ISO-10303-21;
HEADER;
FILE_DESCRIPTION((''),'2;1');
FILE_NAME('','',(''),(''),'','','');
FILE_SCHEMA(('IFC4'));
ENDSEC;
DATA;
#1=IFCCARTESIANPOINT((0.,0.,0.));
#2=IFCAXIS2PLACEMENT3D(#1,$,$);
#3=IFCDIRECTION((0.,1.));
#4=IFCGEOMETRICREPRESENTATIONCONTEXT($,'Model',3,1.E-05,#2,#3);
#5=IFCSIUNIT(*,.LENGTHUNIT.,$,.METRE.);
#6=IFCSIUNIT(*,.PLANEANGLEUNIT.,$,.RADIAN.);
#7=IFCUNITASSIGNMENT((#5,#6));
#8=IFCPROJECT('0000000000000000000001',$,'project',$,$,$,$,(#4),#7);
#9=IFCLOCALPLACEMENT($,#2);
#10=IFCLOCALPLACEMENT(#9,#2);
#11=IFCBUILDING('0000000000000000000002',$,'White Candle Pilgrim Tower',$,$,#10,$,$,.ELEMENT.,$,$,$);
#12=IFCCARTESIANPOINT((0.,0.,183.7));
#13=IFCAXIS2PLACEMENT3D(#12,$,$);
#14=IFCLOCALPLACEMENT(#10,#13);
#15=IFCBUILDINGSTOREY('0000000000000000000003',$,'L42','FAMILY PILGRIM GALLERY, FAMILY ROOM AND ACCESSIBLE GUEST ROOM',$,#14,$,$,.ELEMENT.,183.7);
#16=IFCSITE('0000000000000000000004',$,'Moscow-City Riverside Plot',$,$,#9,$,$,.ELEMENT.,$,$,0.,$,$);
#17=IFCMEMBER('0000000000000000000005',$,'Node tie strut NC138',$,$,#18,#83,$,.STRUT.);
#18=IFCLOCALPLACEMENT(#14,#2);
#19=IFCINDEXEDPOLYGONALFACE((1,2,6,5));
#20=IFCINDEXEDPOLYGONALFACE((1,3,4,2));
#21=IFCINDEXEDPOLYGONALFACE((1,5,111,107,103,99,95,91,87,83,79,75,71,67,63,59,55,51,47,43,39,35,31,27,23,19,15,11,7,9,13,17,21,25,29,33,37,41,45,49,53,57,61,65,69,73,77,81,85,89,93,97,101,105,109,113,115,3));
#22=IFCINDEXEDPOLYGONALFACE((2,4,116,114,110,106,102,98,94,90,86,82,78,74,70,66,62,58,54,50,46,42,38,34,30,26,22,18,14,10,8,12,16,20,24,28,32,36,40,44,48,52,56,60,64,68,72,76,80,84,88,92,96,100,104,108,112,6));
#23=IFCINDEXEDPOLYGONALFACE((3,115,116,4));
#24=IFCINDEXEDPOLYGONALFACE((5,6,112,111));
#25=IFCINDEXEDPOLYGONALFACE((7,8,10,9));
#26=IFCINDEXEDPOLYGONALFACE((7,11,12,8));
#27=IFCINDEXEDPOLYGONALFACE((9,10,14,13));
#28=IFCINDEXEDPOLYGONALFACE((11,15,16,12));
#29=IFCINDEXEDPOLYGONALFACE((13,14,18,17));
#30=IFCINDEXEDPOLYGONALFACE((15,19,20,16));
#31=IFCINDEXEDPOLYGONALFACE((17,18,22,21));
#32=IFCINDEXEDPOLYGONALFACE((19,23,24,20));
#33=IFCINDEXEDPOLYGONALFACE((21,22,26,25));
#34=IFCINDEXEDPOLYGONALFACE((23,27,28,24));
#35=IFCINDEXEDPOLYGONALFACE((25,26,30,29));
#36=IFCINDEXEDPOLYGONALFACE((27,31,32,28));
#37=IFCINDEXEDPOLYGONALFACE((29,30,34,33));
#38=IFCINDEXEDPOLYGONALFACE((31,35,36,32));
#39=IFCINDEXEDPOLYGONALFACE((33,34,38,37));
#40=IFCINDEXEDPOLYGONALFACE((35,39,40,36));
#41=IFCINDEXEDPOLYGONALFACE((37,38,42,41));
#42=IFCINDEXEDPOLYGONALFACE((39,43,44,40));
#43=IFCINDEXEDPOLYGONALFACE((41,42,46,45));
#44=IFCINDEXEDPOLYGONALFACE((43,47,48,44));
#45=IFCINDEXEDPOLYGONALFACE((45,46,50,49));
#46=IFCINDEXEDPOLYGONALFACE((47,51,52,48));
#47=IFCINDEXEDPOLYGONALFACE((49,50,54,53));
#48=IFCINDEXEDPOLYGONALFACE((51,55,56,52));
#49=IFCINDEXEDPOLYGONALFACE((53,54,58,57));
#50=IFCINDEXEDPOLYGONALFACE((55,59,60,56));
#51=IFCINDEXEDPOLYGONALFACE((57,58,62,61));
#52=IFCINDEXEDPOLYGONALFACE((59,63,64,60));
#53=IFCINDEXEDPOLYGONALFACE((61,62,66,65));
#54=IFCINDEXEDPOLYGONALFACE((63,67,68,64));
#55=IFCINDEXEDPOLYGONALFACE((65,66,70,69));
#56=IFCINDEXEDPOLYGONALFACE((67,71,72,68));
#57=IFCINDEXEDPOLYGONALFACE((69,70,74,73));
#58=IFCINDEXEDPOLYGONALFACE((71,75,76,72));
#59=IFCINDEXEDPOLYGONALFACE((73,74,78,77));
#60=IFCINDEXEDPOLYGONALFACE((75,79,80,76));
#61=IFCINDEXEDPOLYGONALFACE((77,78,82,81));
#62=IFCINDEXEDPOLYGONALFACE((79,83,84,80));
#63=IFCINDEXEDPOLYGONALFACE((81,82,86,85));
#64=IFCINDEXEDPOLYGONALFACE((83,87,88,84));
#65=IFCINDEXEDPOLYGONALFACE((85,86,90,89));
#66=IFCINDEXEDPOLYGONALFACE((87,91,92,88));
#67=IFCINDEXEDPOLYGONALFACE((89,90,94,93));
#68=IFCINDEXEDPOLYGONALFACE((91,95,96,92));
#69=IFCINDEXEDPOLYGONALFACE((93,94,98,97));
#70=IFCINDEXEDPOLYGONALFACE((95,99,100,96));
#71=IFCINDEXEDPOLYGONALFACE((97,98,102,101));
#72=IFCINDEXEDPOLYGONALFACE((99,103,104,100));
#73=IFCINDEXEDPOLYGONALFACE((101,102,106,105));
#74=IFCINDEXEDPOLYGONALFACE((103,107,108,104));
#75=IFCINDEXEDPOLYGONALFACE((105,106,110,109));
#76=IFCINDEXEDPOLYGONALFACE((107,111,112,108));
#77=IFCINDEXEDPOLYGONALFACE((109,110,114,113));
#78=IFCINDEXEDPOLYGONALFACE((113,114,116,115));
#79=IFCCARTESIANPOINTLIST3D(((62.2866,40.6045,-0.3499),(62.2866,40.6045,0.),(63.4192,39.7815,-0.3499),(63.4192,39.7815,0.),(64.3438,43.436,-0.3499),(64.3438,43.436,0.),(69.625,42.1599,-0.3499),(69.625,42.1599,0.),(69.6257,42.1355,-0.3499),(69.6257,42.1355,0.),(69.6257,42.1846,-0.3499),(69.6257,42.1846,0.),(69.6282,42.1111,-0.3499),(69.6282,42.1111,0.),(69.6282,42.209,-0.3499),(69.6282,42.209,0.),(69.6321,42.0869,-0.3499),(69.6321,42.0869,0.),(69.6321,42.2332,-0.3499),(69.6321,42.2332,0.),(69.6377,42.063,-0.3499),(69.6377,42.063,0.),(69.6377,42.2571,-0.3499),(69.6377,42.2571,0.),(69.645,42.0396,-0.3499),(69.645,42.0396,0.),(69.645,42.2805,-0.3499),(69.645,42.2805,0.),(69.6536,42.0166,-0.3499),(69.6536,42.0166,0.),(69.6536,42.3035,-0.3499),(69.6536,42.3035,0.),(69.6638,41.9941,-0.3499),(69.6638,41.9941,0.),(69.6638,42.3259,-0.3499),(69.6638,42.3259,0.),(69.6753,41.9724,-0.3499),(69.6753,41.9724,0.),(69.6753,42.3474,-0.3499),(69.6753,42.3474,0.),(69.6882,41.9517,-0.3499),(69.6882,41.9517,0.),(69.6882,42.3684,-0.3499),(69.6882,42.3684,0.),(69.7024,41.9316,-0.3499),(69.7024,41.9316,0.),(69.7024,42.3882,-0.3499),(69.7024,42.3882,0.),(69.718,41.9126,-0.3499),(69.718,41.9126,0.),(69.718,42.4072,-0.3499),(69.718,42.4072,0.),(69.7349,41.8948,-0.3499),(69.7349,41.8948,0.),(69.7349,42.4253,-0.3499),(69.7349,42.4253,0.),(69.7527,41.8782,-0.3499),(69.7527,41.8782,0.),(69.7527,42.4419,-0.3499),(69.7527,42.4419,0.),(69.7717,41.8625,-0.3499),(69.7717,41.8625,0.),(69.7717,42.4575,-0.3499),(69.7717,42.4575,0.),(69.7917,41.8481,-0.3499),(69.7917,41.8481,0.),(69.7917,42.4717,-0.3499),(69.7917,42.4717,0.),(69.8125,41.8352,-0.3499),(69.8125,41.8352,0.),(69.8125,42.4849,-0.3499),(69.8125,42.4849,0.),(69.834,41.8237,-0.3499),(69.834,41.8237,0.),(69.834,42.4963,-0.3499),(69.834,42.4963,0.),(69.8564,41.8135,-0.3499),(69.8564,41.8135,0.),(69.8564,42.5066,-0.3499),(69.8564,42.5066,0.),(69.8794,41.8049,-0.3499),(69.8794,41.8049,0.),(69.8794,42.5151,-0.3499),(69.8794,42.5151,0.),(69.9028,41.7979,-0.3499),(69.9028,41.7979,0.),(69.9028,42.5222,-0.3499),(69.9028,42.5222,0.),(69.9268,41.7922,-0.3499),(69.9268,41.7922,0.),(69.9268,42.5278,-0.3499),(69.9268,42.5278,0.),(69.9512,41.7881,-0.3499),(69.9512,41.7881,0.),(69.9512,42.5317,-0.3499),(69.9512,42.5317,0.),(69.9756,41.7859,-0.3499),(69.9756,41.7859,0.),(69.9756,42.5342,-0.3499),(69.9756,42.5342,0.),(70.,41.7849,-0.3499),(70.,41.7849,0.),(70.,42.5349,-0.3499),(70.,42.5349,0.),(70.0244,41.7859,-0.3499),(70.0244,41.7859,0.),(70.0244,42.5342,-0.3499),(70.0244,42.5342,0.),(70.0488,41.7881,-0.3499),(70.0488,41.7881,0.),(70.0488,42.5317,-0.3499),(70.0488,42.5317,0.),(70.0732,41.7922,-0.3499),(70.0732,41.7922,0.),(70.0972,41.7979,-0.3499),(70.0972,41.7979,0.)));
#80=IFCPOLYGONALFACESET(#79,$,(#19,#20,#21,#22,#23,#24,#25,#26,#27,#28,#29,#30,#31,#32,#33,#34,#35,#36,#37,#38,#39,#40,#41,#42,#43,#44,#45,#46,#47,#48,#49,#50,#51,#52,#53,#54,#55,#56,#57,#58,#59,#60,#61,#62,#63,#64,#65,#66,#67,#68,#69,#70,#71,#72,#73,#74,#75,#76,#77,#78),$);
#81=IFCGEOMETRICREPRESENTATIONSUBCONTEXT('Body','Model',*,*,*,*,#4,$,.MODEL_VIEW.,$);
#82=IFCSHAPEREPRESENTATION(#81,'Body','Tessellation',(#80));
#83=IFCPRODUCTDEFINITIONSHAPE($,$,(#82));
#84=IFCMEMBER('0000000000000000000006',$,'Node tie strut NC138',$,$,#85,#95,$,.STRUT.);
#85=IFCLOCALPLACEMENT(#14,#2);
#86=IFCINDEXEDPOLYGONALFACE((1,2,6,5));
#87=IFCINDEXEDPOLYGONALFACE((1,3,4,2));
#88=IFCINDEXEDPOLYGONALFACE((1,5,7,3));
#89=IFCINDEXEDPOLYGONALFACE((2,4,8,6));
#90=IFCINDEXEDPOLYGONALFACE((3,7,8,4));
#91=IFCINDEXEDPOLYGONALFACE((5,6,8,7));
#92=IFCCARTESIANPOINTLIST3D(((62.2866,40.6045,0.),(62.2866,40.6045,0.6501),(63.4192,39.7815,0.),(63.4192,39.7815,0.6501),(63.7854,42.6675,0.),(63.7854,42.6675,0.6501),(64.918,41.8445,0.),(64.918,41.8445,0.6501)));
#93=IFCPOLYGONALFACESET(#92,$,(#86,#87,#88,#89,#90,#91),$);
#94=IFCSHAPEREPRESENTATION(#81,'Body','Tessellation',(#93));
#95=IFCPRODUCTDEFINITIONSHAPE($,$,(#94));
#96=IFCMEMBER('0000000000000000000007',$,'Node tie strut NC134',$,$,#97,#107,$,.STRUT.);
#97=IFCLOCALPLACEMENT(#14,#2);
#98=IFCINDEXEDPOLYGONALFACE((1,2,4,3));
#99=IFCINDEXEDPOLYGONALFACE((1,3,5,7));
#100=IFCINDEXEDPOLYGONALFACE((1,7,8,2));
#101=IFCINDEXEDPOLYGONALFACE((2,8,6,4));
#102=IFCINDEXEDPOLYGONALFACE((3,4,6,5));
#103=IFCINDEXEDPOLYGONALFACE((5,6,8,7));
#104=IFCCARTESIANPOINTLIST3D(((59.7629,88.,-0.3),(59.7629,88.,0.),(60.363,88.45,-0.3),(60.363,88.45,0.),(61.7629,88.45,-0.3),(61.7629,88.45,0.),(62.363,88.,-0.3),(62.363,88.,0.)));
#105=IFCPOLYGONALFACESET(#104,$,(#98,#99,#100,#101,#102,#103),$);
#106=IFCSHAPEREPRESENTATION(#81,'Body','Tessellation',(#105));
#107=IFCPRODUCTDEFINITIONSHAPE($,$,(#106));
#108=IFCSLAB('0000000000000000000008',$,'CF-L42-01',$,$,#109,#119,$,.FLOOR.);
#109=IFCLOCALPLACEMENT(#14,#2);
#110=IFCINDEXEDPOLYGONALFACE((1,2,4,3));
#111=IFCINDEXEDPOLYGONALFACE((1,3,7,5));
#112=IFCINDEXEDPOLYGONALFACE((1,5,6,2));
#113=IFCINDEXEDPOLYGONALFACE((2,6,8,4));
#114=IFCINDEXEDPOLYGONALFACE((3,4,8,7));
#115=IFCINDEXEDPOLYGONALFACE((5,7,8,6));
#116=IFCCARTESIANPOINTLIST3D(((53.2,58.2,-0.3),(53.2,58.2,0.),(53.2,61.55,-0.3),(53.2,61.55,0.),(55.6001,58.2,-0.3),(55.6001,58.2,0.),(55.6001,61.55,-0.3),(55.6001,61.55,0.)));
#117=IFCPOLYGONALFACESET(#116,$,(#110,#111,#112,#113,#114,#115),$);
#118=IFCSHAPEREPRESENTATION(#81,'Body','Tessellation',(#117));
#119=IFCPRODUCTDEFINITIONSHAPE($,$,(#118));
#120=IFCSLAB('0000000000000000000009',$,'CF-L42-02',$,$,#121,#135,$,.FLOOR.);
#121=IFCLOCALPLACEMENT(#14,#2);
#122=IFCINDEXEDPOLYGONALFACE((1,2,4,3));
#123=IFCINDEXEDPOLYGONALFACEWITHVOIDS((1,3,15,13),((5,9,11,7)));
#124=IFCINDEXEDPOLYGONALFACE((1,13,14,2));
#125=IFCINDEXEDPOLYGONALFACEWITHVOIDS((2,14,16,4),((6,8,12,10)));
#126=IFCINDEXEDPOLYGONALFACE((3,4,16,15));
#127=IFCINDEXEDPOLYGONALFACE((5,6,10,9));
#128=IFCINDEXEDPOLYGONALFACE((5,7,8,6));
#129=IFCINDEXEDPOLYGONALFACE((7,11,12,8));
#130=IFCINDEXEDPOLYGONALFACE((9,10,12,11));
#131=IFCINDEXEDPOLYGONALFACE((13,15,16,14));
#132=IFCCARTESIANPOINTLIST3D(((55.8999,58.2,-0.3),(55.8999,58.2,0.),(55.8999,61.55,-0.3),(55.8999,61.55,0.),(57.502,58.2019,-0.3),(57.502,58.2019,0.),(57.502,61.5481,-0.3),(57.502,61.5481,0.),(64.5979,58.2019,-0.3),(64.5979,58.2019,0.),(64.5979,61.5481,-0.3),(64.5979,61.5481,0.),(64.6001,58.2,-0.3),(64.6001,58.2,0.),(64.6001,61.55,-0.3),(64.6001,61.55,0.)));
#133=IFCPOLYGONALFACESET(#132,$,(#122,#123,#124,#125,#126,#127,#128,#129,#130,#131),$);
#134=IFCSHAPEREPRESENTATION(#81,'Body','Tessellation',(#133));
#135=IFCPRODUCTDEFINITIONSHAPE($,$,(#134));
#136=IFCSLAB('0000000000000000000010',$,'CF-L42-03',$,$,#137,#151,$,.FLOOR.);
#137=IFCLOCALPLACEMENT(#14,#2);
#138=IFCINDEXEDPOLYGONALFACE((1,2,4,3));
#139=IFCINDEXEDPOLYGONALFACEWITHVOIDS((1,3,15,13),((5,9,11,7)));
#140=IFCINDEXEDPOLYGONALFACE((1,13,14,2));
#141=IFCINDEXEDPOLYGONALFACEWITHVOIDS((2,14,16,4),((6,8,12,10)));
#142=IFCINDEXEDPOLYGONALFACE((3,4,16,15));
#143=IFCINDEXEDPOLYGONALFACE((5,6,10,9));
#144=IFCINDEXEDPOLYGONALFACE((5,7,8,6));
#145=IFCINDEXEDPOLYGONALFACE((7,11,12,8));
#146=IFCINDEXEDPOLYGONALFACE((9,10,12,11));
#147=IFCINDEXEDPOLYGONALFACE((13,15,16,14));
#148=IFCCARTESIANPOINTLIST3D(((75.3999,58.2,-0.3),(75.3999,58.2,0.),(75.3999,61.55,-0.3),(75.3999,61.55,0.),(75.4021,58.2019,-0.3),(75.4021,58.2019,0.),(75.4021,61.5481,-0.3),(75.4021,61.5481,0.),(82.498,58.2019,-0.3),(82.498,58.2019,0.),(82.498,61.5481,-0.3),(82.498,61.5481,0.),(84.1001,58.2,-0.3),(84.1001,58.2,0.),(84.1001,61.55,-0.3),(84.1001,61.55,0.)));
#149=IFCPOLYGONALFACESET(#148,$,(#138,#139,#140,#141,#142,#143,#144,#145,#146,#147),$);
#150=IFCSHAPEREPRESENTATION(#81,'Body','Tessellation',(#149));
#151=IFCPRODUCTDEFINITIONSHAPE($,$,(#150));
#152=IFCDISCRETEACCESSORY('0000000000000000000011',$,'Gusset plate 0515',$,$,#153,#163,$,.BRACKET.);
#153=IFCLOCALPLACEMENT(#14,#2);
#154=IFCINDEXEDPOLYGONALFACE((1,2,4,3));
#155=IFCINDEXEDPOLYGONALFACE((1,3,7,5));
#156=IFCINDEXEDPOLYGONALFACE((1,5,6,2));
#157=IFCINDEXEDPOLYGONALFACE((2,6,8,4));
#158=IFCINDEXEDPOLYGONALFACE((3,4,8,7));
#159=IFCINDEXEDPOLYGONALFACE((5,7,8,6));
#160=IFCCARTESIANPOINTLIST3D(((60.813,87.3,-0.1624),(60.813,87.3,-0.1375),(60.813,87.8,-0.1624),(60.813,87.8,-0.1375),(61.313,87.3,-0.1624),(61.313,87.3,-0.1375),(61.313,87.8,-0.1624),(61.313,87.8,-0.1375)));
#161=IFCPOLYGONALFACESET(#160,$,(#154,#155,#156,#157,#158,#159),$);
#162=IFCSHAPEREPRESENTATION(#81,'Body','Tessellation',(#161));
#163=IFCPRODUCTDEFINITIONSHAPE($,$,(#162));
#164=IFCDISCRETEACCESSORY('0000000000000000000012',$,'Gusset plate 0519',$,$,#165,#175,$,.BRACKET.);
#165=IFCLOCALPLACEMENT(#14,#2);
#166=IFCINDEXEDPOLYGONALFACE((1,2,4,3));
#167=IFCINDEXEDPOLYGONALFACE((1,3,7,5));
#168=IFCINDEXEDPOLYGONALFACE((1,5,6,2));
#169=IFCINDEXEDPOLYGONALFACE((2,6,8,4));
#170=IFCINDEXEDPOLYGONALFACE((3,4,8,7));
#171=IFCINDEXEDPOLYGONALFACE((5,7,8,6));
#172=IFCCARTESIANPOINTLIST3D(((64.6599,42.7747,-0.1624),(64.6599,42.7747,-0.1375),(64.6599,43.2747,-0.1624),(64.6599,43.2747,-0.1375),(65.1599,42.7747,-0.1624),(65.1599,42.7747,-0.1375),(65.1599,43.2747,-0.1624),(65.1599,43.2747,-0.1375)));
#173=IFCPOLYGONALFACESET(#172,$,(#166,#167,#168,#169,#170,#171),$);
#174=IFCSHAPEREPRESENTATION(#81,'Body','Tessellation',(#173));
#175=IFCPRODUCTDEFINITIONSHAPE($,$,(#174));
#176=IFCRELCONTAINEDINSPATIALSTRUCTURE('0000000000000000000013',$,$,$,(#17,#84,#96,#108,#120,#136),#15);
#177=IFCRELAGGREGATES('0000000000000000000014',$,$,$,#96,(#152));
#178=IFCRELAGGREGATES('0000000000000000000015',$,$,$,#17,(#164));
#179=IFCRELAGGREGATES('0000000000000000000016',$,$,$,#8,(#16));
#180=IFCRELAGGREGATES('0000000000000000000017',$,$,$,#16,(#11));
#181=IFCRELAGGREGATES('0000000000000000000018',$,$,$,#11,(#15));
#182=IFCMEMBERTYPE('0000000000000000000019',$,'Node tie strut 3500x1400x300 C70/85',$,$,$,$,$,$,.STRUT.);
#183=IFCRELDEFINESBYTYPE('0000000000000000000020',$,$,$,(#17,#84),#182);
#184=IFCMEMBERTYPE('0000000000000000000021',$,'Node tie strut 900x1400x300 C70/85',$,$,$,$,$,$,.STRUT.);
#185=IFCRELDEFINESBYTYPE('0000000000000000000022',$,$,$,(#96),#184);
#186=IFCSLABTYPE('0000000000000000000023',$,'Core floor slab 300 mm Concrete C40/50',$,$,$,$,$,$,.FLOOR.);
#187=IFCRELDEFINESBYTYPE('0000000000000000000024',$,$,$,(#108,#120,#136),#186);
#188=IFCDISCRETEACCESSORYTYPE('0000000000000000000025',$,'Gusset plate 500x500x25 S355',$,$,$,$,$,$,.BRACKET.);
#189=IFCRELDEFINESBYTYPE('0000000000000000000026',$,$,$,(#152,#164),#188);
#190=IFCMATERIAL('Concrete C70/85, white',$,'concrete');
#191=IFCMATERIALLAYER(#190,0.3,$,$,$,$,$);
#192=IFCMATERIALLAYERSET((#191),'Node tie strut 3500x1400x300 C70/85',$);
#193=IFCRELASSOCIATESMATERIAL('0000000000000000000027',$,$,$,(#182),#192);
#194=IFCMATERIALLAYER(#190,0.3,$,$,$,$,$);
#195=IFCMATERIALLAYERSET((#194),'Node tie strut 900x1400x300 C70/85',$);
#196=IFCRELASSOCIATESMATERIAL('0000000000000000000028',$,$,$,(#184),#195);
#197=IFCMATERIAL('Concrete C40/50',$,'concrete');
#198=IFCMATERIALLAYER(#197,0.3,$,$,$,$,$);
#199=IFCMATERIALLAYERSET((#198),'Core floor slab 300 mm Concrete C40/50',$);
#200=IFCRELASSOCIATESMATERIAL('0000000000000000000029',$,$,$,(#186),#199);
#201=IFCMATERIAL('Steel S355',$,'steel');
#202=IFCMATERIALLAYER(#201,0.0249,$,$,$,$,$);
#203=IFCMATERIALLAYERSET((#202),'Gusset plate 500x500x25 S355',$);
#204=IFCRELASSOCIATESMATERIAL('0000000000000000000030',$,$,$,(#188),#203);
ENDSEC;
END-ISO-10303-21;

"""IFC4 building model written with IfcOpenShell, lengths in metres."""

from ifc_helpers import new_model, si_unit, direction, frame, origin, origin_2d, place, context, subcontext, project, spatial, polyline, rectangle, outline, extrude, material, layer, layer_set, type_object, element, aggregate, save


model = new_model("IFC4")

# Units and contexts
model_context = context("Model", 3, precision=1e-05, world=origin(), true_north=direction((0.0, 1.0)))
body_context = subcontext(model_context, "Body", "Model", "MODEL_VIEW")
ifc_project = project(units=[si_unit("LENGTHUNIT", "METRE"), si_unit("PLANEANGLEUNIT", "RADIAN")], contexts=[model_context])

# Site, building, storey
site_placement = place(None, origin())
site = spatial("IfcSite", under=ifc_project, at=site_placement, Name="Moscow-City Riverside Plot", CompositionType="ELEMENT", RefElevation=0.0)
building_placement = place(site_placement, origin())
building = spatial("IfcBuilding", under=site, at=building_placement, Name="White Candle Pilgrim Tower", CompositionType="ELEMENT")
storey_placement = place(building_placement, frame((0.0, 0.0, 183.7)))
storey = spatial("IfcBuildingStorey", under=building, at=storey_placement, Name="L42", Description="FAMILY PILGRIM GALLERY, FAMILY ROOM AND ACCESSIBLE GUEST ROOM", CompositionType="ELEMENT", Elevation=183.7)

# Members
ifc_material_1 = material(Name="Concrete C70/85, white", Category="concrete")
ifc_layer_1 = layer(ifc_material_1, 0.3)
ifc_layer_set_1 = layer_set([ifc_layer_1], Name="Node tie strut 3500x1400x300 C70/85")
member_type_1 = type_object("IfcMemberType", Name="Node tie strut 3500x1400x300 C70/85", PredefinedType="STRUT", material=ifc_layer_set_1)
member_1_placement = place(storey_placement, frame((0.0, 0.0, -0.3499)))
member_1 = element("IfcMember", 1, at=member_1_placement, inside=storey, type_object=member_type_1, Name="Node tie strut NC138", PredefinedType="STRUT", context=body_context, shape_type="SweptSolid", body=[
    extrude(outline(polyline([(63.4192, 39.7815), (70.0972, 41.7979), (70.0732, 41.7922), (70.0488, 41.7881), (70.0244, 41.7859), (70.0, 41.7849), (69.9756, 41.7859), (69.9512, 41.7881), (69.9268, 41.7922), (69.9028, 41.7979), (69.8794, 41.8049), (69.8564, 41.8135), (69.834, 41.8237), (69.8125, 41.8352), (69.7917, 41.8481), (69.7717, 41.8625), (69.7527, 41.8782), (69.7349, 41.8948), (69.718, 41.9126), (69.7024, 41.9316), (69.6882, 41.9517), (69.6753, 41.9724), (69.6638, 41.9941), (69.6536, 42.0166), (69.645, 42.0396), (69.6377, 42.063), (69.6321, 42.0869), (69.6282, 42.1111), (69.6257, 42.1355), (69.625, 42.1599), (69.6257, 42.1846), (69.6282, 42.209), (69.6321, 42.2332), (69.6377, 42.2571), (69.645, 42.2805), (69.6536, 42.3035), (69.6638, 42.3259), (69.6753, 42.3474), (69.6882, 42.3684), (69.7024, 42.3882), (69.718, 42.4072), (69.7349, 42.4253), (69.7527, 42.4419), (69.7717, 42.4575), (69.7917, 42.4717), (69.8125, 42.4849), (69.834, 42.4963), (69.8564, 42.5066), (69.8794, 42.5151), (69.9028, 42.5222), (69.9268, 42.5278), (69.9512, 42.5317), (69.9756, 42.5342), (70.0, 42.5349), (70.0244, 42.5342), (70.0488, 42.5317), (64.3438, 43.436), (62.2866, 40.6045), (63.4192, 39.7815)])), origin(), (0.0, 0.0, 1.0), 0.3499),
])
member_2_placement = place(storey_placement, origin())
element("IfcMember", 2, at=member_2_placement, inside=storey, type_object=member_type_1, Name="Node tie strut NC138", PredefinedType="STRUT", context=body_context, shape_type="SweptSolid", body=[
    extrude(outline(polyline([(63.4192, 39.7815), (64.918, 41.8445), (63.7854, 42.6675), (62.2866, 40.6045), (63.4192, 39.7815)])), origin(), (0.0, 0.0, 1.0), 0.6501),
])
ifc_layer_2 = layer(ifc_material_1, 0.3)
ifc_layer_set_2 = layer_set([ifc_layer_2], Name="Node tie strut 900x1400x300 C70/85")
member_type_2 = type_object("IfcMemberType", Name="Node tie strut 900x1400x300 C70/85", PredefinedType="STRUT", material=ifc_layer_set_2)
member_3_placement = place(storey_placement, frame((0.0, 0.0, -0.3)))
member_3 = element("IfcMember", 3, at=member_3_placement, inside=storey, type_object=member_type_2, Name="Node tie strut NC134", PredefinedType="STRUT", context=body_context, shape_type="SweptSolid", body=[
    extrude(outline(polyline([(59.7629, 88.0), (62.363, 88.0), (61.7629, 88.45), (60.363, 88.45), (59.7629, 88.0)])), origin(), (0.0, 0.0, 1.0), 0.3),
])

# Slabs
ifc_material_2 = material(Name="Concrete C40/50", Category="concrete")
ifc_layer_3 = layer(ifc_material_2, 0.3)
ifc_layer_set_3 = layer_set([ifc_layer_3], Name="Core floor slab 300 mm Concrete C40/50")
slab_type_1 = type_object("IfcSlabType", Name="Core floor slab 300 mm Concrete C40/50", PredefinedType="FLOOR", material=ifc_layer_set_3)
slab_1_placement = place(storey_placement, frame((0.0, 0.0, -0.3)))
element("IfcSlab", 4, at=slab_1_placement, inside=storey, type_object=slab_type_1, Name="CF-L42-01", PredefinedType="FLOOR", context=body_context, shape_type="SweptSolid", body=[
    extrude(outline(polyline([(55.6001, 58.2), (53.2, 58.2), (53.2, 61.55), (55.6001, 61.55), (55.6001, 58.2)])), origin(), (0.0, 0.0, 1.0), 0.3),
])
slab_2_placement = place(storey_placement, frame((0.0, 0.0, -0.3)))
element("IfcSlab", 5, at=slab_2_placement, inside=storey, type_object=slab_type_1, Name="CF-L42-02", PredefinedType="FLOOR", context=body_context, shape_type="SweptSolid", body=[
    extrude(outline(polyline([(55.8999, 58.2), (55.8999, 61.55), (64.6001, 61.55), (64.6001, 58.2), (55.8999, 58.2)]), holes=[polyline([(57.502, 61.5481), (57.502, 58.2019), (64.5979, 58.2019), (64.5979, 61.5481), (57.502, 61.5481)])]), origin(), (0.0, 0.0, 1.0), 0.3),
])
slab_3_placement = place(storey_placement, frame((0.0, 0.0, -0.3)))
element("IfcSlab", 6, at=slab_3_placement, inside=storey, type_object=slab_type_1, Name="CF-L42-03", PredefinedType="FLOOR", context=body_context, shape_type="SweptSolid", body=[
    extrude(outline(polyline([(75.3999, 58.2), (75.3999, 61.55), (84.1001, 61.55), (84.1001, 58.2), (75.3999, 58.2)]), holes=[polyline([(82.498, 58.2019), (82.498, 61.5481), (75.4021, 61.5481), (75.4021, 58.2019), (82.498, 58.2019)])]), origin(), (0.0, 0.0, 1.0), 0.3),
])

# Discrete accessories
ifc_material_3 = material(Name="Steel S355", Category="steel")
ifc_layer_4 = layer(ifc_material_3, 0.0249)
ifc_layer_set_4 = layer_set([ifc_layer_4], Name="Gusset plate 500x500x25 S355")
discrete_accessory_type = type_object("IfcDiscreteAccessoryType", Name="Gusset plate 500x500x25 S355", PredefinedType="BRACKET", material=ifc_layer_set_4)
discrete_accessory_1_placement = place(storey_placement, frame((61.063, 87.55, -0.1624), z_axis=(0.0, 0.0, 1.0), x_axis=(1.0, 0.0, 0.0)))
discrete_accessory_1 = element("IfcDiscreteAccessory", 7, at=discrete_accessory_1_placement, type_object=discrete_accessory_type, Name="Gusset plate 0515", PredefinedType="BRACKET", context=body_context, shape_type="SweptSolid", body=[
    extrude(rectangle(XDim=0.5, YDim=0.5, at=origin_2d()), origin(), (0.0, 0.0, 1.0), 0.0249),
])
aggregate(member_3, [discrete_accessory_1])
discrete_accessory_2_placement = place(storey_placement, frame((64.9099, 43.0247, -0.1624), z_axis=(0.0, 0.0, 1.0), x_axis=(1.0, 0.0, 0.0)))
discrete_accessory_2 = element("IfcDiscreteAccessory", 8, at=discrete_accessory_2_placement, type_object=discrete_accessory_type, Name="Gusset plate 0519", PredefinedType="BRACKET", context=body_context, shape_type="SweptSolid", body=[
    extrude(rectangle(XDim=0.5, YDim=0.5, at=origin_2d()), origin(), (0.0, 0.0, 1.0), 0.0249),
])
aggregate(member_1, [discrete_accessory_2])

save(model, "model.ifc")
